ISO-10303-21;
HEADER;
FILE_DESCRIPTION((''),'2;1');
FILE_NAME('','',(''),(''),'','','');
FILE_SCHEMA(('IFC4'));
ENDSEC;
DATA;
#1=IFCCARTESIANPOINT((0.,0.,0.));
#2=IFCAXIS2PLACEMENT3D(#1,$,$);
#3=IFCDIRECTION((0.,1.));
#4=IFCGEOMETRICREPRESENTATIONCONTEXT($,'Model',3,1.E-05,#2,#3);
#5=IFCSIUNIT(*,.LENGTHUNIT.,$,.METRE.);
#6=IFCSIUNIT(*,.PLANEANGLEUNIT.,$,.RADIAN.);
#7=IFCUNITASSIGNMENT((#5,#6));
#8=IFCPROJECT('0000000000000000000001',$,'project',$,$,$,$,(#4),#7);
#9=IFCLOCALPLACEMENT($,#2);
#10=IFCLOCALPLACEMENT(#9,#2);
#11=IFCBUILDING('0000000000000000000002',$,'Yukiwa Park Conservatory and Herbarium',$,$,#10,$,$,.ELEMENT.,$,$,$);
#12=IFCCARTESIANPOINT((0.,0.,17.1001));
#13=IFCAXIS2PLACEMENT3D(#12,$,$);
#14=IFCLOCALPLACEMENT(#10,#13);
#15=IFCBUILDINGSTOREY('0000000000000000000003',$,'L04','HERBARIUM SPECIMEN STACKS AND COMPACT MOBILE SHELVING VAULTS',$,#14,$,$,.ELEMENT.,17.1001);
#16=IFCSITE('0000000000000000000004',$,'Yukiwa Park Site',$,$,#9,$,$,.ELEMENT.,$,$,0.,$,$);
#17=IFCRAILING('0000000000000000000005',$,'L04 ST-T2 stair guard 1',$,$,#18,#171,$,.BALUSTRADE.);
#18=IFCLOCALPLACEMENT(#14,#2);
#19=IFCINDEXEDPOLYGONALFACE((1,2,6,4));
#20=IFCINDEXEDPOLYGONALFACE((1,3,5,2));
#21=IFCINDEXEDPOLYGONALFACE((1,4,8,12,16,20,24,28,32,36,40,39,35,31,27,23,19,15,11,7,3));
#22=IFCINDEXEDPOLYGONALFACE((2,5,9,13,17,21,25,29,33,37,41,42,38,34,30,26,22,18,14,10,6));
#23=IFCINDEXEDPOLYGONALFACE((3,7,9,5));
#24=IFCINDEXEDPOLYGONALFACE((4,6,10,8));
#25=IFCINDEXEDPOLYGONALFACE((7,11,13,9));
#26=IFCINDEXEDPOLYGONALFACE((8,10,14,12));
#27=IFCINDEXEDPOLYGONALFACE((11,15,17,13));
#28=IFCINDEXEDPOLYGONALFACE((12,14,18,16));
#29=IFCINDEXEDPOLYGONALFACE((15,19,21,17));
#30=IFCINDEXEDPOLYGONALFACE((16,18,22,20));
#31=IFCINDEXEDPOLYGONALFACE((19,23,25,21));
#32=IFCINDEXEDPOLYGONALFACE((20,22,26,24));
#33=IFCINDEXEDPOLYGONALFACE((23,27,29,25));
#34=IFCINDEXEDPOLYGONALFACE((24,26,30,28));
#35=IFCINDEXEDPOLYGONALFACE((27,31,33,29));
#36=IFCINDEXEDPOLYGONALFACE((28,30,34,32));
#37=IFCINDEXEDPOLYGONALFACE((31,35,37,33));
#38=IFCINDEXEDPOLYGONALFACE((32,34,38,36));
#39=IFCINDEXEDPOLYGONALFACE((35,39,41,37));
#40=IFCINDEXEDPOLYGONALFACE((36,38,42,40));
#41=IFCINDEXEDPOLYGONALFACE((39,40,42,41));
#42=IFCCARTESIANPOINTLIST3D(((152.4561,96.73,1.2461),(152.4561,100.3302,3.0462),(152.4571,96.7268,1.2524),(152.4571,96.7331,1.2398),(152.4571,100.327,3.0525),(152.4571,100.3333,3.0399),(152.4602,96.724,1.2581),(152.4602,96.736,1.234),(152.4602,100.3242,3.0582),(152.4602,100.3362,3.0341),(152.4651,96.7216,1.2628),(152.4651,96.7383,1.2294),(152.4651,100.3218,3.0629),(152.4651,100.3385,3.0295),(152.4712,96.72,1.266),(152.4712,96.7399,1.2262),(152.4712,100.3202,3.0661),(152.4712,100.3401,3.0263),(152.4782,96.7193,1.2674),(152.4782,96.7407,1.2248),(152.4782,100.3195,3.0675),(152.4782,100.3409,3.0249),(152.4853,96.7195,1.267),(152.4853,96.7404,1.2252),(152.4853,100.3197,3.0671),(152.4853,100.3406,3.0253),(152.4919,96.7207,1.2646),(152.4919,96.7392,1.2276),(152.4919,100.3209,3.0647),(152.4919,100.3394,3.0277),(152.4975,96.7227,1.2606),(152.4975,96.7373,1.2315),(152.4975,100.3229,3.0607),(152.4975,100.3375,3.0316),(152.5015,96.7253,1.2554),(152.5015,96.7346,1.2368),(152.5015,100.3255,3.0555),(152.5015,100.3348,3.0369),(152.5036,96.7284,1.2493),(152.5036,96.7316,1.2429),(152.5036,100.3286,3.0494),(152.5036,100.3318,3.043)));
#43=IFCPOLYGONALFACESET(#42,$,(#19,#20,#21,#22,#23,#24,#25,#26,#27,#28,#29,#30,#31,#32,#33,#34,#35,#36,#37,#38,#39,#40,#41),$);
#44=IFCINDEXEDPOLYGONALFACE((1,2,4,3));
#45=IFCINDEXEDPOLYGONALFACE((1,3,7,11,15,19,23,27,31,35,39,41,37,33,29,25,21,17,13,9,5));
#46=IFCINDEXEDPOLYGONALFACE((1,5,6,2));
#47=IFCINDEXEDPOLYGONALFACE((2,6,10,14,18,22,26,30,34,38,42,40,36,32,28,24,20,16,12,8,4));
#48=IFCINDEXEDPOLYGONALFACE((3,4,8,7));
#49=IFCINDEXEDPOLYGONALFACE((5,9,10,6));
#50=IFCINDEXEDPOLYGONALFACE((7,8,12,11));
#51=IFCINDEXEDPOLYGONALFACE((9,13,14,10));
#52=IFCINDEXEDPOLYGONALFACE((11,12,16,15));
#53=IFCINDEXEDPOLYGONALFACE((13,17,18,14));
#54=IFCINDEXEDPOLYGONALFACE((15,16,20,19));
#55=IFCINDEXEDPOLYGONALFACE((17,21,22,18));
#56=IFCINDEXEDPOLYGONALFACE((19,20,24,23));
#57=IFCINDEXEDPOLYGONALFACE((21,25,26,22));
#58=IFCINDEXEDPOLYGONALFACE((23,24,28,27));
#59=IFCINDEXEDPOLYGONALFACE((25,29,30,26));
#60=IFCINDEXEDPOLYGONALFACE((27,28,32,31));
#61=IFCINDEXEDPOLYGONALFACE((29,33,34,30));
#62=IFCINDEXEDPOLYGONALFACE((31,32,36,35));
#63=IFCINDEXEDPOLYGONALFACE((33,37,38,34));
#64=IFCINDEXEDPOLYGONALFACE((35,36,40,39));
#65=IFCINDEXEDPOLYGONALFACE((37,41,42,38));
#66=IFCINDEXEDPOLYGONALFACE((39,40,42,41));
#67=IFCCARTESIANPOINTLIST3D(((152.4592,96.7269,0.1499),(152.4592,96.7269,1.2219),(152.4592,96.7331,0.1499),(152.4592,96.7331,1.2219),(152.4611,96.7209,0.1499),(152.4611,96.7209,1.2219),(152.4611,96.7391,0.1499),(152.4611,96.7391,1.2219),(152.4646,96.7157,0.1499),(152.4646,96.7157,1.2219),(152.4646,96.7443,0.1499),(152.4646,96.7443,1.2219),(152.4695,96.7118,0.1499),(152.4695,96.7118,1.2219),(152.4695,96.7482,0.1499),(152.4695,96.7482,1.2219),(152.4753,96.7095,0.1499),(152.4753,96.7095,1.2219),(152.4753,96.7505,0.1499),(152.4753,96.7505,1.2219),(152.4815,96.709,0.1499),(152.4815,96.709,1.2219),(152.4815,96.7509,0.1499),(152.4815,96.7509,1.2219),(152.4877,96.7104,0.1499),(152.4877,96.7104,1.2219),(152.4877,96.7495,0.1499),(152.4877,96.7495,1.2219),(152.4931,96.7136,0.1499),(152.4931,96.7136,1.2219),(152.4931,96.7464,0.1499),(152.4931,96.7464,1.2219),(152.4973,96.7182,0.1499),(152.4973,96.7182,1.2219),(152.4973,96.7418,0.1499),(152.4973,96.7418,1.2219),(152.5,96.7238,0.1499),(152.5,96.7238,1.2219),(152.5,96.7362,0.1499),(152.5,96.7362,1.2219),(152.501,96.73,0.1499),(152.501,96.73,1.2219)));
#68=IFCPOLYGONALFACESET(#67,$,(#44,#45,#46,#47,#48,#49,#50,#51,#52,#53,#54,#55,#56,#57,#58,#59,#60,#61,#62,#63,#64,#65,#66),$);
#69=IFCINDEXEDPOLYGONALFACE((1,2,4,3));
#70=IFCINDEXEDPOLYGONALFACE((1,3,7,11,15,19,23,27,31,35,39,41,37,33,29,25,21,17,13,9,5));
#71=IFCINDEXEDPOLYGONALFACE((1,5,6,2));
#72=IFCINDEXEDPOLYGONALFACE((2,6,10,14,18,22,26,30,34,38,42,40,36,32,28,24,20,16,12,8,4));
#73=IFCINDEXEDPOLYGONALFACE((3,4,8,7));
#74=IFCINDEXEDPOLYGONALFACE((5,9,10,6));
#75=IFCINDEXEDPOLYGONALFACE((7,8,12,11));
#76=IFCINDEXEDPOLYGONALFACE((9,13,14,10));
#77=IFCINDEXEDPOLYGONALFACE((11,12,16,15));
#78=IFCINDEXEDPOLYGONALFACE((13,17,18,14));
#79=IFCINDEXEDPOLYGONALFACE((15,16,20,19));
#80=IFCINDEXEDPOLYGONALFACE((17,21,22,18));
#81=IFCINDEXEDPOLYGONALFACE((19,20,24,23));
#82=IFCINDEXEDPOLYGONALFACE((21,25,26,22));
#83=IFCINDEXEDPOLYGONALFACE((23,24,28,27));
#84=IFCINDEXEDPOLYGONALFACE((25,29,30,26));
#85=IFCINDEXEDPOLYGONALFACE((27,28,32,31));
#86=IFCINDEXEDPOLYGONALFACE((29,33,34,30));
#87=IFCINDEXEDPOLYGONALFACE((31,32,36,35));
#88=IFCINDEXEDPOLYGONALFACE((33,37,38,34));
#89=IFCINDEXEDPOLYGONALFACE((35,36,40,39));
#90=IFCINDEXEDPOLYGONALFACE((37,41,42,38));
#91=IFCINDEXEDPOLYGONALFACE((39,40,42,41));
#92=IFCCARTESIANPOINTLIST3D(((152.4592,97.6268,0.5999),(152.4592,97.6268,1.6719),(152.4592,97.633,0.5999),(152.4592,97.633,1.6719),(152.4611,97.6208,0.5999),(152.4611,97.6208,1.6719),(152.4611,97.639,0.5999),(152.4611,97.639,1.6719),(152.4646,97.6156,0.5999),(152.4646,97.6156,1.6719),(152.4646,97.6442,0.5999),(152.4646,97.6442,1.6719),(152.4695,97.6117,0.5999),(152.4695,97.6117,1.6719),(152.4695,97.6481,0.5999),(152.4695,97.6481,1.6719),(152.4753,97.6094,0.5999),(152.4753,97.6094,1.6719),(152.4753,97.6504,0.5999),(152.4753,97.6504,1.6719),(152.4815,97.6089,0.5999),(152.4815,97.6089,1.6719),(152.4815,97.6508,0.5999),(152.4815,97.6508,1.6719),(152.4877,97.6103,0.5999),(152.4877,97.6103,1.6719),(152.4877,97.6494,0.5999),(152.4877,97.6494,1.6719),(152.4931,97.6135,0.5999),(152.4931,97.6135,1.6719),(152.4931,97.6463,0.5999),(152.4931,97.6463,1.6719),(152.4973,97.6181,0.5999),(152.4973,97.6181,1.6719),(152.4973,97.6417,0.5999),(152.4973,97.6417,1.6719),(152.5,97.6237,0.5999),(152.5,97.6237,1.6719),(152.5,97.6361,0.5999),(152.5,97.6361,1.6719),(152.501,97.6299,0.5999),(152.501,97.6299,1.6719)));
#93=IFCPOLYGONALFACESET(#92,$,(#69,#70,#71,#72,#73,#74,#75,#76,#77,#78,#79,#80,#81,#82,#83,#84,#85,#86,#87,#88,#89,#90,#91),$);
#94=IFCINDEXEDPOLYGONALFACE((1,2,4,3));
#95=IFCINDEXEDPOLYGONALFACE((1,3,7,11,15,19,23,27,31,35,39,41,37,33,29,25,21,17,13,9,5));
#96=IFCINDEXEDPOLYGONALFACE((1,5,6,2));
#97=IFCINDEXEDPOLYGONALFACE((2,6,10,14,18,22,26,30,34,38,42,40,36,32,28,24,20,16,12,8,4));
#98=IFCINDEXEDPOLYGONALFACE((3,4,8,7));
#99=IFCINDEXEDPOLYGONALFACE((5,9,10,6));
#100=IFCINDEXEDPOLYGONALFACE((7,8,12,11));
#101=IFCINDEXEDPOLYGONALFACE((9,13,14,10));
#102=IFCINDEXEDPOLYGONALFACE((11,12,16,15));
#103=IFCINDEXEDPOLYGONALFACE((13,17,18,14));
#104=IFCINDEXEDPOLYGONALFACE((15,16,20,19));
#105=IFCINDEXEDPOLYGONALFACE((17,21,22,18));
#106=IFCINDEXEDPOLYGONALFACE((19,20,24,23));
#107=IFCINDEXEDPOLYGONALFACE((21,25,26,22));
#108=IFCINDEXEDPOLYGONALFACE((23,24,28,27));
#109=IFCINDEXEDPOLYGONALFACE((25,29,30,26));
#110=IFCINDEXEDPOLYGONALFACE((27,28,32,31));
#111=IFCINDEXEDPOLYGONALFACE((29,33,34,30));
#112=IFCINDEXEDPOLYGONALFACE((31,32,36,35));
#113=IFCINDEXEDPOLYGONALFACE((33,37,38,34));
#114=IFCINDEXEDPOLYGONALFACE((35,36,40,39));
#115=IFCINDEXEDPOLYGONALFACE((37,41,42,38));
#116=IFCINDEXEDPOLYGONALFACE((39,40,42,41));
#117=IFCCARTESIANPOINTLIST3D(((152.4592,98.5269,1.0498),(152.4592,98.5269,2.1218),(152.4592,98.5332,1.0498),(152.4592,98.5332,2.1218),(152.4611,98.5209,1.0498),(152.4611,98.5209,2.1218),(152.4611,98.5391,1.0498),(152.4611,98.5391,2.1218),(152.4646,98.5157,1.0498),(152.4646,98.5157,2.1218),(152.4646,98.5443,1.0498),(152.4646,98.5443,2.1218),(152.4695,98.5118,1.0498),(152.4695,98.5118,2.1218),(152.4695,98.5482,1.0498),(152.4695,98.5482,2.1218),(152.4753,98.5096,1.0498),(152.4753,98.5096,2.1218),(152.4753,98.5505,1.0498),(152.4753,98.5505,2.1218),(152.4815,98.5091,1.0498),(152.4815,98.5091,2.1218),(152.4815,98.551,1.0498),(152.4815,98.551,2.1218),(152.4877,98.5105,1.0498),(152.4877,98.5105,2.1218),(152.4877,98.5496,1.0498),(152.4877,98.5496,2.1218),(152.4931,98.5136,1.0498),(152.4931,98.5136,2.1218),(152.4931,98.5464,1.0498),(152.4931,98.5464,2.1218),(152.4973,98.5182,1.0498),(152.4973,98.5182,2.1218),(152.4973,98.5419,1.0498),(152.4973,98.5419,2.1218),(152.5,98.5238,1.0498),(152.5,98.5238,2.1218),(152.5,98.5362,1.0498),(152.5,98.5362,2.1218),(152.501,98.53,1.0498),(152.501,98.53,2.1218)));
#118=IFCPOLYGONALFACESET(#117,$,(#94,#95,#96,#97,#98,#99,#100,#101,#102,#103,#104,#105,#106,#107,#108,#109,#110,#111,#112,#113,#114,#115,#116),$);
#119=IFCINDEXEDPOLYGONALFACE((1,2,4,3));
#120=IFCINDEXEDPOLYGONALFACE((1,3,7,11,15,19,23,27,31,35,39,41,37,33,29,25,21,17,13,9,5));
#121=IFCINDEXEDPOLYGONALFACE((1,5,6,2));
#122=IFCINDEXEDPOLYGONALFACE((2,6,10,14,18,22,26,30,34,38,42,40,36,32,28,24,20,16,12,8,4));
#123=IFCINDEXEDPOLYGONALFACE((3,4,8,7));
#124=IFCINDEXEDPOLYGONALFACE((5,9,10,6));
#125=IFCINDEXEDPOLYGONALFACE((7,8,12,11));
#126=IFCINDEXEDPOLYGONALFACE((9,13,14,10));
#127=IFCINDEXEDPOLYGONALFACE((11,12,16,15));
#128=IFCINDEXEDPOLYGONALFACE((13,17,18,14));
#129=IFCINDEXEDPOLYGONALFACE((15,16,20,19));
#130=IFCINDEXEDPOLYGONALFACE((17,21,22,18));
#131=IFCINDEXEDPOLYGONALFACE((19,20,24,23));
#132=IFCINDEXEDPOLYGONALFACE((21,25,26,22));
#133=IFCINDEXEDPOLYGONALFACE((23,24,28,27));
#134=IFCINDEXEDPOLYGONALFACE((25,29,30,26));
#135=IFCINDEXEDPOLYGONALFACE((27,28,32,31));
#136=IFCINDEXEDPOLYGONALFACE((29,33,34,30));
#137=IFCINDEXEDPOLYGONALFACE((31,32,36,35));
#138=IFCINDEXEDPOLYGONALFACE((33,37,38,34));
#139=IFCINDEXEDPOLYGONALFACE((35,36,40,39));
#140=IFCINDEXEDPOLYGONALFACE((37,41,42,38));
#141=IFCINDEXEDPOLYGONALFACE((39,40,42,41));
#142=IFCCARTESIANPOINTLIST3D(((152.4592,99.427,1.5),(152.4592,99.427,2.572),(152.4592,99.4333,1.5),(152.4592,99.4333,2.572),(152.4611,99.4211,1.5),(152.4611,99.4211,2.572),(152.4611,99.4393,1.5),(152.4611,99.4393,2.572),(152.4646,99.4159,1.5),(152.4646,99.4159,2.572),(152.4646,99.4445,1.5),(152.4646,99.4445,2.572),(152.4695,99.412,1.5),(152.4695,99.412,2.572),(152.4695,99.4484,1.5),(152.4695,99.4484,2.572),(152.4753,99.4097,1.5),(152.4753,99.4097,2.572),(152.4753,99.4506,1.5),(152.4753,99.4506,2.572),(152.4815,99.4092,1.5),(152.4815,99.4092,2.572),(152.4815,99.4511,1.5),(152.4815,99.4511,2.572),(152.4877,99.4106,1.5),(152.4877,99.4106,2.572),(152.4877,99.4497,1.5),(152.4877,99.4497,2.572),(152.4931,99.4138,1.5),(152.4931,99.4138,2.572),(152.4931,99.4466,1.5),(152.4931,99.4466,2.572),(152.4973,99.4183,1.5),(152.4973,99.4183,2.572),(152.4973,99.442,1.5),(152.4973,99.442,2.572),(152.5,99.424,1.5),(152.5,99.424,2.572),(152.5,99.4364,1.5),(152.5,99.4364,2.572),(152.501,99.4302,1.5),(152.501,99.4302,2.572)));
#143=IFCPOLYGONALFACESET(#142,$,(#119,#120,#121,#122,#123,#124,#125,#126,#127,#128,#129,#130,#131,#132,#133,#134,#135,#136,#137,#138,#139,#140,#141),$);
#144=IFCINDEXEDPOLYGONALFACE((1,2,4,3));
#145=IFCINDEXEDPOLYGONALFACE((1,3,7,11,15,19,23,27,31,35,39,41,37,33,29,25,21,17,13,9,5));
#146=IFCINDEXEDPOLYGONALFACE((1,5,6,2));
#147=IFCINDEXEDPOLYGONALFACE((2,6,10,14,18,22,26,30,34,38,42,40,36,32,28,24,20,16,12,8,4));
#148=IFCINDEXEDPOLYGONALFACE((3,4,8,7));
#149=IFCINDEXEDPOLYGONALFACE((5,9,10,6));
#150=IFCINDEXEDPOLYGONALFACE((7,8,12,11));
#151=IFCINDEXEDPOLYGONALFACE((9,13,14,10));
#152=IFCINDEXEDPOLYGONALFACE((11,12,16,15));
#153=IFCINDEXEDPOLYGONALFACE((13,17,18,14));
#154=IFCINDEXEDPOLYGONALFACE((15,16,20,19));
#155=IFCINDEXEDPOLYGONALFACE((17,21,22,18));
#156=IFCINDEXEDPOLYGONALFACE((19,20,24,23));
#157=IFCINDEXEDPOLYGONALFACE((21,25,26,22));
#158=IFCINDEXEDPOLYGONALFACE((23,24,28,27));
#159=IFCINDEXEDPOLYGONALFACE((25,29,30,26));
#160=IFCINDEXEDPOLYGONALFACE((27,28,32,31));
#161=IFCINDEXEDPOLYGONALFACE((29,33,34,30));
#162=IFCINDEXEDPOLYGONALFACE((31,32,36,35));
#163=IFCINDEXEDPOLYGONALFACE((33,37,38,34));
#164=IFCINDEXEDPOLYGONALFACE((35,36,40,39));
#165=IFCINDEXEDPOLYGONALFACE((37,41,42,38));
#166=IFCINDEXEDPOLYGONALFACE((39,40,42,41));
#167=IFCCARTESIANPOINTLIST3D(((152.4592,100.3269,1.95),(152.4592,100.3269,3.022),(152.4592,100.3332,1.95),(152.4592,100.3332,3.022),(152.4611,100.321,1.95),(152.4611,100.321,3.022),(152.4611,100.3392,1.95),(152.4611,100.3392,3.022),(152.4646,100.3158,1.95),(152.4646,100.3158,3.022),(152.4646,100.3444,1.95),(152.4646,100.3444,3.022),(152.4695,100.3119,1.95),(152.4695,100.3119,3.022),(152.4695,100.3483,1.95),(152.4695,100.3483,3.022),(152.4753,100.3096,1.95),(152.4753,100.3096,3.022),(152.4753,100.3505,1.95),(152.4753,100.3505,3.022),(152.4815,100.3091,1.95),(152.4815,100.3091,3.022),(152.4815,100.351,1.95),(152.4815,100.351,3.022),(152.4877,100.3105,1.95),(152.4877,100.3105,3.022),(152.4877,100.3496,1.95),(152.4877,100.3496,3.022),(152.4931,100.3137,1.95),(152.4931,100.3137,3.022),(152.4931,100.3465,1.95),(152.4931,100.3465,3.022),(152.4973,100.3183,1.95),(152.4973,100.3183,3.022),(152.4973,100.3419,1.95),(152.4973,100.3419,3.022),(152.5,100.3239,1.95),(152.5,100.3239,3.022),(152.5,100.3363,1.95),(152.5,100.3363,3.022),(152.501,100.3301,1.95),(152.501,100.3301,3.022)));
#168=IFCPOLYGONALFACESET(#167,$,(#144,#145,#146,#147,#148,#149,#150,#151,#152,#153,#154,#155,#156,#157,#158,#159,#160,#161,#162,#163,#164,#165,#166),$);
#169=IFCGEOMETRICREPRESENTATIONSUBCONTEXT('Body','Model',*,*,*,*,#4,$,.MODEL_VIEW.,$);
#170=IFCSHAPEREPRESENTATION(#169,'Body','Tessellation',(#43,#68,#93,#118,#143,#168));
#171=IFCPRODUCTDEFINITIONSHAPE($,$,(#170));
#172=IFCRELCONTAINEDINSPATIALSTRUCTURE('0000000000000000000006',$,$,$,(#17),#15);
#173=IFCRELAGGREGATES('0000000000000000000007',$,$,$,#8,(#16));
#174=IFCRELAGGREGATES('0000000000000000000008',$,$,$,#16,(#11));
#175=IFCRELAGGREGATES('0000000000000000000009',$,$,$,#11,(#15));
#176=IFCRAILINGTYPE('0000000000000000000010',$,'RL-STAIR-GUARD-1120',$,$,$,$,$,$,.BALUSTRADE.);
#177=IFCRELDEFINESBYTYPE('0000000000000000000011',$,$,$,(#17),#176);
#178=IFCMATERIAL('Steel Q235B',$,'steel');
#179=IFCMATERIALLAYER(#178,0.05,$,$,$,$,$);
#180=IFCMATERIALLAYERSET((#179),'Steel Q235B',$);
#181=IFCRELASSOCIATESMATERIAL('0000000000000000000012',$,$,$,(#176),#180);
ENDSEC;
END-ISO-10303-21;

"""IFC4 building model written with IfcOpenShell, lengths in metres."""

from ifc_helpers import new_model, si_unit, direction, frame, origin, origin_2d, place, context, subcontext, project, spatial, circle, extrude, material, layer, layer_set, type_object, element, save


model = new_model("IFC4")

# Units and contexts
model_context = context("Model", 3, precision=1e-05, world=origin(), true_north=direction((0.0, 1.0)))
body_context = subcontext(model_context, "Body", "Model", "MODEL_VIEW")
ifc_project = project(units=[si_unit("LENGTHUNIT", "METRE"), si_unit("PLANEANGLEUNIT", "RADIAN")], contexts=[model_context])

# Site, building, storey
site_placement = place(None, origin())
site = spatial("IfcSite", under=ifc_project, at=site_placement, Name="Yukiwa Park Site", CompositionType="ELEMENT", RefElevation=0.0)
building_placement = place(site_placement, origin())
building = spatial("IfcBuilding", under=site, at=building_placement, Name="Yukiwa Park Conservatory and Herbarium", CompositionType="ELEMENT")
storey_placement = place(building_placement, frame((0.0, 0.0, 17.1001)))
storey = spatial("IfcBuildingStorey", under=building, at=storey_placement, Name="L04", Description="HERBARIUM SPECIMEN STACKS AND COMPACT MOBILE SHELVING VAULTS", CompositionType="ELEMENT", Elevation=17.1001)

# Railing
ifc_material_1 = material(Name="Steel Q235B", Category="steel")
ifc_layer_1 = layer(ifc_material_1, 0.05)
ifc_layer_set_1 = layer_set([ifc_layer_1], Name="Steel Q235B")
railing_type_1 = type_object("IfcRailingType", Name="RL-STAIR-GUARD-1120", PredefinedType="BALUSTRADE", material=ifc_layer_set_1)
railing_1_placement = place(storey_placement, frame((152.48, 96.73, 0.1499)))
element("IfcRailing", 1, at=railing_1_placement, inside=storey, type_object=railing_type_1, Name="L04 ST-T2 stair guard 1", PredefinedType="BALUSTRADE", context=body_context, shape_type="SweptSolid", body=[
    extrude(circle(Radius=0.0239, at=origin_2d()), frame((0.0, 0.0, 1.0962), z_axis=(0.0, 0.894427, 0.447214), x_axis=(-1.0, 0.0, 0.0)), (0.0, 0.0, 1.0), 4.0251),
    extrude(circle(Radius=0.021, at=origin_2d()), origin(), (0.0, 0.0, 1.0), 1.072),
    extrude(circle(Radius=0.021, at=origin_2d()), frame((0.0, 0.8999, 0.45)), (0.0, 0.0, 1.0), 1.072),
    extrude(circle(Radius=0.021, at=origin_2d()), frame((0.0, 1.8, 0.8999)), (0.0, 0.0, 1.0), 1.072),
    extrude(circle(Radius=0.021, at=origin_2d()), frame((0.0, 2.7002, 1.3501)), (0.0, 0.0, 1.0), 1.072),
    extrude(circle(Radius=0.021, at=origin_2d()), frame((0.0, 3.6001, 1.8)), (0.0, 0.0, 1.0), 1.072),
])

save(model, "model.ifc")
